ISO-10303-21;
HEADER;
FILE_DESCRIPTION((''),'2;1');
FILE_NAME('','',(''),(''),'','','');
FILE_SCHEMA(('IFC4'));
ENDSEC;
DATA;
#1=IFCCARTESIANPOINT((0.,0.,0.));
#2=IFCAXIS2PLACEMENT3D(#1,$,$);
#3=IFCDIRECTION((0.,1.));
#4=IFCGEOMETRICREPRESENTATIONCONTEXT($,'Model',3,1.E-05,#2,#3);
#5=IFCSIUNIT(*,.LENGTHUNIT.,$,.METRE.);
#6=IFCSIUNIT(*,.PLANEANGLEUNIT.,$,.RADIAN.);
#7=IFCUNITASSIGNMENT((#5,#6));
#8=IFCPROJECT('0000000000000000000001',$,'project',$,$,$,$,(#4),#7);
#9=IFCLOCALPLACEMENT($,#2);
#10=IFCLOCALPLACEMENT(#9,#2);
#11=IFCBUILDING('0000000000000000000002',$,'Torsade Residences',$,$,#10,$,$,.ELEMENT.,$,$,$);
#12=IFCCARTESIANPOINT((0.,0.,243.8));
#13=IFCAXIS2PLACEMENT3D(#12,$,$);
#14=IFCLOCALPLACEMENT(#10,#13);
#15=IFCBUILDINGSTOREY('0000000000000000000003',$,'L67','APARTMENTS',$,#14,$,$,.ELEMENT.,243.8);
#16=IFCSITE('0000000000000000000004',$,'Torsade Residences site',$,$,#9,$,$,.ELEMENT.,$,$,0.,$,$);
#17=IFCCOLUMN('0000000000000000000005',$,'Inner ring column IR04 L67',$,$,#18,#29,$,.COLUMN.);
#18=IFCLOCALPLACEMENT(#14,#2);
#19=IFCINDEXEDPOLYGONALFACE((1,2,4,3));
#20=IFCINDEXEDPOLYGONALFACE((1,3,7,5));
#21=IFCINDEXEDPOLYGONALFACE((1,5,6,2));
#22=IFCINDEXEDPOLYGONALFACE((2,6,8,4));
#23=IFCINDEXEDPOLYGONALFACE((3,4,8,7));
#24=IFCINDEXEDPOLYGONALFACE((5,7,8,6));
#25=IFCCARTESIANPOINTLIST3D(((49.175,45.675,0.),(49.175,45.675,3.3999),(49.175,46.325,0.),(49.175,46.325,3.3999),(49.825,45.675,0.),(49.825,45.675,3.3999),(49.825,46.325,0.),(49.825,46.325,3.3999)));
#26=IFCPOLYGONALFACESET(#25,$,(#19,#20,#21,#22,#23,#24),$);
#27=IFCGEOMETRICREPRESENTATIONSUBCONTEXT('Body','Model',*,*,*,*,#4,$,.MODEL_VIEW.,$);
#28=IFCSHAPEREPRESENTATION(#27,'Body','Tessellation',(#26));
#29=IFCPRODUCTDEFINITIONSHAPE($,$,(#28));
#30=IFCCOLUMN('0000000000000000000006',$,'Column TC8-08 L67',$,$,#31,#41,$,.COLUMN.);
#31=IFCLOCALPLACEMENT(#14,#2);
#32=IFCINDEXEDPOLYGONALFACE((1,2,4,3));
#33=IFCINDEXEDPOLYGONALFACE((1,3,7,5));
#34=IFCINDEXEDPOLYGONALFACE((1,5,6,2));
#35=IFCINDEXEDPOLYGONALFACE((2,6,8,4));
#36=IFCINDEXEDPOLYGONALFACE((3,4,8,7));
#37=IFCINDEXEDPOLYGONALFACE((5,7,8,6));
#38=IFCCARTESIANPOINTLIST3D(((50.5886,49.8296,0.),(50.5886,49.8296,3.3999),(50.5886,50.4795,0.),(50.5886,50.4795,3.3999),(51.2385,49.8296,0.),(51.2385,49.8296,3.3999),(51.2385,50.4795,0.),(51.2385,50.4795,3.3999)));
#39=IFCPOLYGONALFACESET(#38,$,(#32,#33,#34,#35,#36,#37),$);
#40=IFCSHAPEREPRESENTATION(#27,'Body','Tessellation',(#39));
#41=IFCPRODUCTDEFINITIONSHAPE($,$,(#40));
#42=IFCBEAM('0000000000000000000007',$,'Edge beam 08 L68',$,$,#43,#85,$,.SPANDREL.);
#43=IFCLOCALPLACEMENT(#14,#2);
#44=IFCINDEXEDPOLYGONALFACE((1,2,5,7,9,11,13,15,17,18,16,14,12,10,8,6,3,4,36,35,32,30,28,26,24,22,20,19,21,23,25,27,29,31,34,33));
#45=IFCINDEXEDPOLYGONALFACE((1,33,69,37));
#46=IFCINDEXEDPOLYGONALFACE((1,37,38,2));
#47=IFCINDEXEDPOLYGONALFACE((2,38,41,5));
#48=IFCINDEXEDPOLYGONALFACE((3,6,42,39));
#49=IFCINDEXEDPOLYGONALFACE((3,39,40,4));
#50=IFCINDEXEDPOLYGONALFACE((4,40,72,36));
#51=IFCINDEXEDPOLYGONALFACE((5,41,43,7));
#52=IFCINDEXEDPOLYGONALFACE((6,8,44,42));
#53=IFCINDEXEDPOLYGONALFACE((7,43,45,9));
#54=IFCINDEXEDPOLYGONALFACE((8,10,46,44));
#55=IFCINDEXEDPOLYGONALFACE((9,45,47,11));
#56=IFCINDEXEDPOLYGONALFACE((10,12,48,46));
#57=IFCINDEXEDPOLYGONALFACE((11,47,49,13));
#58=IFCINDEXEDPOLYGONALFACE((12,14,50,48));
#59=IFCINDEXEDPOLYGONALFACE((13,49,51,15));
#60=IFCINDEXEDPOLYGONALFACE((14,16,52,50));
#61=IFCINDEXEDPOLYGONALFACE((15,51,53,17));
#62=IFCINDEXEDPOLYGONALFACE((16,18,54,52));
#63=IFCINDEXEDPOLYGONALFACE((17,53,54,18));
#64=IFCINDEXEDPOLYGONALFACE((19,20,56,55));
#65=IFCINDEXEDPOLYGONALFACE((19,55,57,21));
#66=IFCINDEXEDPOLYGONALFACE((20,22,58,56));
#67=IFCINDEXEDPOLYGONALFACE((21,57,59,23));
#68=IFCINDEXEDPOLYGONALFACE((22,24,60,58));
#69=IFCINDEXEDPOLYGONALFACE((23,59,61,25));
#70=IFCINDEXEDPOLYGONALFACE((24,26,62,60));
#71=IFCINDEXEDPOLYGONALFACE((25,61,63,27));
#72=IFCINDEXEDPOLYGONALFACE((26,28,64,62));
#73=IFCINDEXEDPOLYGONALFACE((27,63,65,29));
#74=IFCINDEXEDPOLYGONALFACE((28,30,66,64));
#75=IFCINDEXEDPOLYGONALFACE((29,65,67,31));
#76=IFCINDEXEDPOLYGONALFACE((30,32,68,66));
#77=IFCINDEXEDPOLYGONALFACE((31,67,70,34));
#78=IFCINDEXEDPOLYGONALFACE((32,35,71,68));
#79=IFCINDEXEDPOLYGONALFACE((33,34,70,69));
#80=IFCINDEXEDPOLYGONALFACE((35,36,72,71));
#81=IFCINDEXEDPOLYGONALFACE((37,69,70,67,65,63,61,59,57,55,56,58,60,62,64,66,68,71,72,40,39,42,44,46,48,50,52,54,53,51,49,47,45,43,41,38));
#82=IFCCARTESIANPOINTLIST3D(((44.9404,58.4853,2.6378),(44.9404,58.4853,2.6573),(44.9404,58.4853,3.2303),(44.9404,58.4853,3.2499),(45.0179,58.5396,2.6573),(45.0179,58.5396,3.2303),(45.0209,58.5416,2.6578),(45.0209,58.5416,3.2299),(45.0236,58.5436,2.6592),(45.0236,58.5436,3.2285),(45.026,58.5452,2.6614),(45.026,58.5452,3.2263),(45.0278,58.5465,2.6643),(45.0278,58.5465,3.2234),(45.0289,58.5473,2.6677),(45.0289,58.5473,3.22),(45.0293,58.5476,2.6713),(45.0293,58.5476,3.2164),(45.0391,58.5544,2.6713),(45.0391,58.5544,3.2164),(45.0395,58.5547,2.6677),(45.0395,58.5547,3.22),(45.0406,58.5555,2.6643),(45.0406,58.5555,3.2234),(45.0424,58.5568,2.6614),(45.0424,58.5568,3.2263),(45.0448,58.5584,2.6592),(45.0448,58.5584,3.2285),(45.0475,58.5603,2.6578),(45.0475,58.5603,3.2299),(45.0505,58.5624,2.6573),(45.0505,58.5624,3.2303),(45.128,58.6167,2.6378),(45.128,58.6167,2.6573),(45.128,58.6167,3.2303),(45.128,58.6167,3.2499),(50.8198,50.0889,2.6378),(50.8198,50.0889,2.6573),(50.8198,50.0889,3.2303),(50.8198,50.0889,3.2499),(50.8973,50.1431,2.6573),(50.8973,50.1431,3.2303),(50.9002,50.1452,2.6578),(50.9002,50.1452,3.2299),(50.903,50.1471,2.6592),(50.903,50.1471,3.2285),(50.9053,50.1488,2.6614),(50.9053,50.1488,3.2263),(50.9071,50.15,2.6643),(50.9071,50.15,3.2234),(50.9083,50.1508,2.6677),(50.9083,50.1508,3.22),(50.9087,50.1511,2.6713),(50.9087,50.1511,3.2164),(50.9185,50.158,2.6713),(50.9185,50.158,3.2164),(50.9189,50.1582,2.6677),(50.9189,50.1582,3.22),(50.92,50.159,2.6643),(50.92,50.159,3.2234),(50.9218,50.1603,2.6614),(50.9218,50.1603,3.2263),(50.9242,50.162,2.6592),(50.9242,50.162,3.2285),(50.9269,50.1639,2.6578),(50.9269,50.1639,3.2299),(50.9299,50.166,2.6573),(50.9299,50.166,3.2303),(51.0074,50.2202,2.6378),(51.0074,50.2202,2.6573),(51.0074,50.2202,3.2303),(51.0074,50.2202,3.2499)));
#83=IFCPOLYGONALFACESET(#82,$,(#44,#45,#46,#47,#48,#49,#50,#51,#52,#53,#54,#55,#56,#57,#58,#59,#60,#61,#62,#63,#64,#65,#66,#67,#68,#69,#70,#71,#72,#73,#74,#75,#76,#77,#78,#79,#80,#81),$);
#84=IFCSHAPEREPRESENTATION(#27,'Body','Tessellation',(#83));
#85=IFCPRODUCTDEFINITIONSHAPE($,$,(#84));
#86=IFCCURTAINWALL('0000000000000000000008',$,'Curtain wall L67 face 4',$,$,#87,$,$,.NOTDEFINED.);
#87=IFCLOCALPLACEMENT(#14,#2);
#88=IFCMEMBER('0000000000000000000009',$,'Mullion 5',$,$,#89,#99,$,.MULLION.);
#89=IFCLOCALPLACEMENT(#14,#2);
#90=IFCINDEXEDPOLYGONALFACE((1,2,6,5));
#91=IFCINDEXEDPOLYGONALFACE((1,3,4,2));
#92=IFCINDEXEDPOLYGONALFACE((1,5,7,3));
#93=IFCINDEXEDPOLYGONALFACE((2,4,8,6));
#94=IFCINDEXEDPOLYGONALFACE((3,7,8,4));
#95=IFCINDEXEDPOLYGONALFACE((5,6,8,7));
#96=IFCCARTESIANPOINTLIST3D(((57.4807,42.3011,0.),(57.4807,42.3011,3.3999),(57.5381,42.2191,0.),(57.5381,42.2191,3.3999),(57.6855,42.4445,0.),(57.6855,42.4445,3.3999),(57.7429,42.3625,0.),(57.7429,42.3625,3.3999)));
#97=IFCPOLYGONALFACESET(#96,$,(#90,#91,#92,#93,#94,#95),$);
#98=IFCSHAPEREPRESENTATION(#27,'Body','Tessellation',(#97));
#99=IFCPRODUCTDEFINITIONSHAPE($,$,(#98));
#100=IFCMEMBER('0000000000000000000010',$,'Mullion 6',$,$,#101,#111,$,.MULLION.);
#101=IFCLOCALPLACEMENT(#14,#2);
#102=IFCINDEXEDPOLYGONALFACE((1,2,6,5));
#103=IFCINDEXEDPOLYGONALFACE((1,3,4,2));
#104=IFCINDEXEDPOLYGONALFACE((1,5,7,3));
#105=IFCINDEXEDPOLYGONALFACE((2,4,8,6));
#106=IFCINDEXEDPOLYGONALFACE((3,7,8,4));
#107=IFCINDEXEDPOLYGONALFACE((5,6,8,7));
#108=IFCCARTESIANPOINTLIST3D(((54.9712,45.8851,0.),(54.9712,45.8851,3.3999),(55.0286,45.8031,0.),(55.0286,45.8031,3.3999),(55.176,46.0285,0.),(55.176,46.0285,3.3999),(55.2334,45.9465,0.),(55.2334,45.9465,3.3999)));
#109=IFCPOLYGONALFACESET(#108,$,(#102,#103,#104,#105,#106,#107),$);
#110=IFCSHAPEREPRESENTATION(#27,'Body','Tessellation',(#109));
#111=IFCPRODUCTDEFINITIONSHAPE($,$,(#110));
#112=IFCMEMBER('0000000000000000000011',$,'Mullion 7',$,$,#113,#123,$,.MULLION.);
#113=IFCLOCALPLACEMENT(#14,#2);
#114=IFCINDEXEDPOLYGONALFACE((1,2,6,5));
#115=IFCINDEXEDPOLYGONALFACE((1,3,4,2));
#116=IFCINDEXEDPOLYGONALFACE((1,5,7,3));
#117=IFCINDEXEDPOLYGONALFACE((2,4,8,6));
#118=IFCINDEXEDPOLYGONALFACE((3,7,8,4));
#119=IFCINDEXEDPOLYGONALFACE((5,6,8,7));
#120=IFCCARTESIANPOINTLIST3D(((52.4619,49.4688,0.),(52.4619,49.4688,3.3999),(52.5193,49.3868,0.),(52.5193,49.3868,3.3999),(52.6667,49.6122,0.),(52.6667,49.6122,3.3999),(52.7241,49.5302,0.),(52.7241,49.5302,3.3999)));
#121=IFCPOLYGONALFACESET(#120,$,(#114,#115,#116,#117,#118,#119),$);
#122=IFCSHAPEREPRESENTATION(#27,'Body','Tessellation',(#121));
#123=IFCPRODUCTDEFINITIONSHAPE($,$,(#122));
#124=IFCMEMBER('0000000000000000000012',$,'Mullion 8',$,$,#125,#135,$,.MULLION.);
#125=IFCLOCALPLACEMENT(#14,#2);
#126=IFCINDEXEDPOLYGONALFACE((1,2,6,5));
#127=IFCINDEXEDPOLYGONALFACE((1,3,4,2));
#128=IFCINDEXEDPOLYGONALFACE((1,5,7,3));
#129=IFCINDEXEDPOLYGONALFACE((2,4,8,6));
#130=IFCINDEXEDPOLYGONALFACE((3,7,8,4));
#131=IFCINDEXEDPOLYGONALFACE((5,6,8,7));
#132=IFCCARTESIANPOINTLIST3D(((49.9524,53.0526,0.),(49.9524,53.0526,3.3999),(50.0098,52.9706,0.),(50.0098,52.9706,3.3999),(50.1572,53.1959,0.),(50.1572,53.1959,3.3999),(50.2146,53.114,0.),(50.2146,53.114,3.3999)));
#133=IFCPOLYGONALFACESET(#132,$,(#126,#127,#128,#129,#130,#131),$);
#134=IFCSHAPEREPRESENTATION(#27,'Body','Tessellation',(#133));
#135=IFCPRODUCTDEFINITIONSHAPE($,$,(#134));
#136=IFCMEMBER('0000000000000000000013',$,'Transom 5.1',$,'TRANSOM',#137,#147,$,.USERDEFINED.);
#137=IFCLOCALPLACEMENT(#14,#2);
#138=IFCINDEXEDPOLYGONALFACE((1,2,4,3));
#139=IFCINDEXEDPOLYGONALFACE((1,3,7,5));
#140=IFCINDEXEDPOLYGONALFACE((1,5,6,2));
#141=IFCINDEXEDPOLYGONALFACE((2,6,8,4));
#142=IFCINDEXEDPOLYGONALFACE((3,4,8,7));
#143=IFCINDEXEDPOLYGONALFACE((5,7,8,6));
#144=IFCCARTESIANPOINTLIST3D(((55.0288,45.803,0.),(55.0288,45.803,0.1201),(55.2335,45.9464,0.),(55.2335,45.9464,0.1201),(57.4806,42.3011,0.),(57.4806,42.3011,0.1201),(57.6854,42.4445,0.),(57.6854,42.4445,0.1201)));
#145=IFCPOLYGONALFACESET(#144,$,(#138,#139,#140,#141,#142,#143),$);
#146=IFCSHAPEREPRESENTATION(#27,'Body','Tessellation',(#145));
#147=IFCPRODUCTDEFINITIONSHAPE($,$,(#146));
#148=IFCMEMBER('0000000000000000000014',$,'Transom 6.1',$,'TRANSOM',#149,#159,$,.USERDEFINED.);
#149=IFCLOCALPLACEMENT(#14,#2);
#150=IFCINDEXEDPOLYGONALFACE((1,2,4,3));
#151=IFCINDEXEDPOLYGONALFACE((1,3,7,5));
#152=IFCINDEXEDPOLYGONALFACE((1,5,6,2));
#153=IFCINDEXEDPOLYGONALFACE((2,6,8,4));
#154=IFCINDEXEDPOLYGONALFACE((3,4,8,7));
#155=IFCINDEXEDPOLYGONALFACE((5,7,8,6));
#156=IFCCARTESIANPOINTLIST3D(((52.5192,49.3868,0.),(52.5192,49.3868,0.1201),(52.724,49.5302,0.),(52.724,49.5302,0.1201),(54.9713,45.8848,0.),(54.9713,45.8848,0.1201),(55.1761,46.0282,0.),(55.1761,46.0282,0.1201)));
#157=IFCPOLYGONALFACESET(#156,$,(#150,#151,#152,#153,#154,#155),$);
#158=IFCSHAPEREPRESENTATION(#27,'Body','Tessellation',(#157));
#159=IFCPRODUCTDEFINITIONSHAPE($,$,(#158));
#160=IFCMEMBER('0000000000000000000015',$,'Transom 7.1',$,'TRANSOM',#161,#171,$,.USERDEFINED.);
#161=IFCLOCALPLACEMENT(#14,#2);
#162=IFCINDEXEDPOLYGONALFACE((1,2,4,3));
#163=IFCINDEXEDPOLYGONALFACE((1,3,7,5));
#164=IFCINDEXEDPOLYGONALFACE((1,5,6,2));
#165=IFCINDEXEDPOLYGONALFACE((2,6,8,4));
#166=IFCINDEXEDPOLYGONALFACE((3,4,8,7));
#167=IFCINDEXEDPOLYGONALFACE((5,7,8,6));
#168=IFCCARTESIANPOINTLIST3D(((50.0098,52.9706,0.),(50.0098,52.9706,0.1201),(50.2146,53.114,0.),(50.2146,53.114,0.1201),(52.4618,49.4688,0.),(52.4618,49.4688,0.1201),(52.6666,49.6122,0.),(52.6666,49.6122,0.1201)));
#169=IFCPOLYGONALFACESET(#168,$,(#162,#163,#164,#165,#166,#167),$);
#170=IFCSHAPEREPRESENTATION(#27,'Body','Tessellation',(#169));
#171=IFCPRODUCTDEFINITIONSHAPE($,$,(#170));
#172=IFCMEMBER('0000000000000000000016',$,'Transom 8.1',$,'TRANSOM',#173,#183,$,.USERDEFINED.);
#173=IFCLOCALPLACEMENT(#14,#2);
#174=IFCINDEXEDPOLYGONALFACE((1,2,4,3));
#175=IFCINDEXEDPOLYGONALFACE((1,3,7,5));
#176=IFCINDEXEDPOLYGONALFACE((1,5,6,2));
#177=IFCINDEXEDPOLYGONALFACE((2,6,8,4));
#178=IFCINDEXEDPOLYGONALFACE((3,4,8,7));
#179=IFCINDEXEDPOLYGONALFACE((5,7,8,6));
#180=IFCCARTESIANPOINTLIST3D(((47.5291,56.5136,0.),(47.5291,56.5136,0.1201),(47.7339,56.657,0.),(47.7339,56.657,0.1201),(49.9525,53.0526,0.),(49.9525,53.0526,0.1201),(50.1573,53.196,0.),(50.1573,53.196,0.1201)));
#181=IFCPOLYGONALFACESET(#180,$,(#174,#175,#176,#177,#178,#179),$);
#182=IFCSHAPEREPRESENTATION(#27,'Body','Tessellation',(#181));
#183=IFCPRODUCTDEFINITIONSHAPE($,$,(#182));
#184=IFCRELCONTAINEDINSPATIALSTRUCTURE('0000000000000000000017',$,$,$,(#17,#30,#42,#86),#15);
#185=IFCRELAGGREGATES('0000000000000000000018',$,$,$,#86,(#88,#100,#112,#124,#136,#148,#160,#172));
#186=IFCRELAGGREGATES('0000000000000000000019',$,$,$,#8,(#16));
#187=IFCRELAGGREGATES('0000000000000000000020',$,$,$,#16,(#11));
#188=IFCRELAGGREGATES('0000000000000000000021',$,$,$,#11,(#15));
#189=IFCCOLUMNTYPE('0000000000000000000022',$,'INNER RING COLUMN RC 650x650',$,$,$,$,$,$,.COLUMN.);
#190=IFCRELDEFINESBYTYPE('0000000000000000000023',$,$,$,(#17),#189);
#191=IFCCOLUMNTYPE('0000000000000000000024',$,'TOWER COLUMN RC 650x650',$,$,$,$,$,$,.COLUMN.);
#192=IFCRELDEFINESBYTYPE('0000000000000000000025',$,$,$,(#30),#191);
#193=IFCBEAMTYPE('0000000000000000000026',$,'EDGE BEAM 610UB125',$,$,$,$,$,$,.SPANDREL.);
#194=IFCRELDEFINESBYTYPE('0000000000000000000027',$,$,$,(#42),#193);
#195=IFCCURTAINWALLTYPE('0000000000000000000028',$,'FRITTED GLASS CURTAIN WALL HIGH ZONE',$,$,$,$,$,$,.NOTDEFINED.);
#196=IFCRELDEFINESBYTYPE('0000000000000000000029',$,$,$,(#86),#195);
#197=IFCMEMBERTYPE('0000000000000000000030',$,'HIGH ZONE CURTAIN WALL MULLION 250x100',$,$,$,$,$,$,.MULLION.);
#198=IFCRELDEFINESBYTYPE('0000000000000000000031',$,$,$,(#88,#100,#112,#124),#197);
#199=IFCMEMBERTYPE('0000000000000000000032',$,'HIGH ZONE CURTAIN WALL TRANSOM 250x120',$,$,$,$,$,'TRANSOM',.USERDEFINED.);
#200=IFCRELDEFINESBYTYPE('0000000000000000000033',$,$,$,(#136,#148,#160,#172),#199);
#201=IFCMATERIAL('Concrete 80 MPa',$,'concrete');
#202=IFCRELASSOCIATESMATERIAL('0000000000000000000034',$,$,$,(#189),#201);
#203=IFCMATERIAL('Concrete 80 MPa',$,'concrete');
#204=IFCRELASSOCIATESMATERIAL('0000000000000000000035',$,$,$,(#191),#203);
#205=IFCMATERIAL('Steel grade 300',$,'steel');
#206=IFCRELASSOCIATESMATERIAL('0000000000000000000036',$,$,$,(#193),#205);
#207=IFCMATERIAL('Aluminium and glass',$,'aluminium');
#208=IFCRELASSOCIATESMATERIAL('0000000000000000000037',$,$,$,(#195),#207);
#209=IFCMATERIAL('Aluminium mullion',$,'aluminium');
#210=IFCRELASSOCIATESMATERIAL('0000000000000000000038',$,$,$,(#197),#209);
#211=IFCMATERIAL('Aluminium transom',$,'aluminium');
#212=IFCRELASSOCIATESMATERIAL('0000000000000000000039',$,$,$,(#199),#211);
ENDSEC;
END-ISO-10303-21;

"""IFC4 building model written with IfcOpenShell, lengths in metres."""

from ifc_helpers import new_model, si_unit, direction, frame, origin, origin_2d, place, context, subcontext, project, spatial, rectangle, i_section, extrude, material, material_profile, profile_set, type_object, element, aggregate, save


model = new_model("IFC4")

# Units and contexts
model_context = context("Model", 3, precision=1e-05, world=origin(), true_north=direction((0.0, 1.0)))
body_context = subcontext(model_context, "Body", "Model", "MODEL_VIEW")
ifc_project = project(units=[si_unit("LENGTHUNIT", "METRE"), si_unit("PLANEANGLEUNIT", "RADIAN")], contexts=[model_context])

# Site, building, storey
site_placement = place(None, origin())
site = spatial("IfcSite", under=ifc_project, at=site_placement, Name="Torsade Residences site", CompositionType="ELEMENT", RefElevation=0.0)
building_placement = place(site_placement, origin())
building = spatial("IfcBuilding", under=site, at=building_placement, Name="Torsade Residences", CompositionType="ELEMENT")
storey_placement = place(building_placement, frame((0.0, 0.0, 243.8)))
storey = spatial("IfcBuildingStorey", under=building, at=storey_placement, Name="L67", Description="APARTMENTS", CompositionType="ELEMENT", Elevation=243.8)

# Columns
ifc_material_1 = material(Name="Concrete 80 MPa", Category="concrete")
ifc_material_profile_1 = material_profile(ifc_material_1, rectangle(XDim=0.6499, YDim=0.6499, at=origin_2d()), Name="RC 650x650")
ifc_profile_set_1 = profile_set([ifc_material_profile_1], Name="Concrete 80 MPa")
column_type_1 = type_object("IfcColumnType", Name="INNER RING COLUMN RC 650x650", PredefinedType="COLUMN", material=ifc_profile_set_1)
column_1_placement = place(storey_placement, frame((49.5, 46.0, 0.0), z_axis=(0.0, 0.0, 1.0), x_axis=(1.0, 0.0, 0.0)))
element("IfcColumn", 1, at=column_1_placement, inside=storey, type_object=column_type_1, Name="Inner ring column IR04 L67", PredefinedType="COLUMN", context=body_context, shape_type="SweptSolid", body=[
    extrude(rectangle(XDim=0.6499, YDim=0.6499, at=origin_2d()), origin(), (0.0, 0.0, 1.0), 3.3999),
])
ifc_material_2 = material(Name="Concrete 80 MPa", Category="concrete")
ifc_material_profile_2 = material_profile(ifc_material_2, rectangle(XDim=0.6499, YDim=0.6499, at=origin_2d()), Name="RC 650x650")
ifc_profile_set_2 = profile_set([ifc_material_profile_2], Name="Concrete 80 MPa")
column_type_2 = type_object("IfcColumnType", Name="TOWER COLUMN RC 650x650", PredefinedType="COLUMN", material=ifc_profile_set_2)
column_2_placement = place(storey_placement, frame((50.9136, 50.1545, 0.0), z_axis=(0.0, 0.0, 1.0), x_axis=(1.0, 0.0, 0.0)))
element("IfcColumn", 2, at=column_2_placement, inside=storey, type_object=column_type_2, Name="Column TC8-08 L67", PredefinedType="COLUMN", context=body_context, shape_type="SweptSolid", body=[
    extrude(rectangle(XDim=0.6499, YDim=0.6499, at=origin_2d()), origin(), (0.0, 0.0, 1.0), 3.3999),
])

# Beam
ifc_material_3 = material(Name="Steel grade 300", Category="steel")
ifc_material_profile_3 = material_profile(ifc_material_3, i_section(OverallWidth=0.229, OverallDepth=0.6121, WebThickness=0.012, FlangeThickness=0.0195, FilletRadius=0.0139, at=origin_2d()), Name="610UB125")
ifc_profile_set_3 = profile_set([ifc_material_profile_3], Name="Steel grade 300")
beam_type_1 = type_object("IfcBeamType", Name="EDGE BEAM 610UB125", PredefinedType="SPANDREL", material=ifc_profile_set_3)
beam_1_placement = place(storey_placement, frame((50.9136, 50.1545, 2.9438), z_axis=(-0.573584, 0.819147, 0.0), x_axis=(-0.819147, -0.573584, 0.0)))
element("IfcBeam", 3, at=beam_1_placement, inside=storey, type_object=beam_type_1, Name="Edge beam 08 L68", PredefinedType="SPANDREL", context=body_context, shape_type="SweptSolid", body=[
    extrude(i_section(OverallWidth=0.229, OverallDepth=0.6121, WebThickness=0.012, FlangeThickness=0.0195, FilletRadius=0.0139, at=origin_2d()), origin(), (0.0, 0.0, 1.0), 10.2502),
])

# Curtain wall, members
ifc_material_4 = material(Name="Aluminium and glass", Category="aluminium")
curtain_wall_type = type_object("IfcCurtainWallType", Name="FRITTED GLASS CURTAIN WALL HIGH ZONE", PredefinedType="NOTDEFINED", material=ifc_material_4)
curtain_wall_placement = place(storey_placement, origin())
curtain_wall = element("IfcCurtainWall", 4, at=curtain_wall_placement, inside=storey, type_object=curtain_wall_type, Name="Curtain wall L67 face 4", PredefinedType="NOTDEFINED")
ifc_material_5 = material(Name="Aluminium mullion", Category="aluminium")
ifc_material_profile_4 = material_profile(ifc_material_5, rectangle(XDim=0.25, YDim=0.1001, at=origin_2d()), Name="HIGH ZONE CURTAIN WALL MULLION 250x100")
ifc_profile_set_4 = profile_set([ifc_material_profile_4], Name="Aluminium mullion")
member_type_1 = type_object("IfcMemberType", Name="HIGH ZONE CURTAIN WALL MULLION 250x100", PredefinedType="MULLION", material=ifc_profile_set_4)
member_1_placement = place(storey_placement, frame((57.6118, 42.3318, 0.0), z_axis=(0.0, 0.0, 1.0), x_axis=(-0.819152, -0.573576, 0.0)))
member_1 = element("IfcMember", 5, at=member_1_placement, type_object=member_type_1, Name="Mullion 5", PredefinedType="MULLION", context=body_context, shape_type="SweptSolid", body=[
    extrude(rectangle(XDim=0.25, YDim=0.1001, at=origin_2d()), origin(), (0.0, 0.0, 1.0), 3.3999),
])
member_2_placement = place(storey_placement, frame((55.1023, 45.9158, 0.0), z_axis=(0.0, 0.0, 1.0), x_axis=(-0.819152, -0.573576, 0.0)))
member_2 = element("IfcMember", 6, at=member_2_placement, type_object=member_type_1, Name="Mullion 6", PredefinedType="MULLION", context=body_context, shape_type="SweptSolid", body=[
    extrude(rectangle(XDim=0.25, YDim=0.1001, at=origin_2d()), origin(), (0.0, 0.0, 1.0), 3.3999),
])
member_3_placement = place(storey_placement, frame((52.593, 49.4995, 0.0), z_axis=(0.0, 0.0, 1.0), x_axis=(-0.819152, -0.573576, 0.0)))
member_3 = element("IfcMember", 7, at=member_3_placement, type_object=member_type_1, Name="Mullion 7", PredefinedType="MULLION", context=body_context, shape_type="SweptSolid", body=[
    extrude(rectangle(XDim=0.25, YDim=0.1001, at=origin_2d()), origin(), (0.0, 0.0, 1.0), 3.3999),
])
member_4_placement = place(storey_placement, frame((50.0835, 53.0833, 0.0), z_axis=(0.0, 0.0, 1.0), x_axis=(-0.819152, -0.573576, 0.0)))
member_4 = element("IfcMember", 8, at=member_4_placement, type_object=member_type_1, Name="Mullion 8", PredefinedType="MULLION", context=body_context, shape_type="SweptSolid", body=[
    extrude(rectangle(XDim=0.25, YDim=0.1001, at=origin_2d()), origin(), (0.0, 0.0, 1.0), 3.3999),
])
ifc_material_6 = material(Name="Aluminium transom", Category="aluminium")
ifc_material_profile_5 = material_profile(ifc_material_6, rectangle(XDim=0.25, YDim=0.1201, at=origin_2d()), Name="HIGH ZONE CURTAIN WALL TRANSOM 250x120")
ifc_profile_set_5 = profile_set([ifc_material_profile_5], Name="Aluminium transom")
member_type_2 = type_object("IfcMemberType", Name="HIGH ZONE CURTAIN WALL TRANSOM 250x120", ElementType="TRANSOM", PredefinedType="USERDEFINED", material=ifc_profile_set_5)
member_5_placement = place(storey_placement, frame((57.583, 42.3728, 0.0601), z_axis=(-0.573547, 0.819173, 0.0), x_axis=(-0.819173, -0.573547, 0.0)))
member_5 = element("IfcMember", 9, at=member_5_placement, type_object=member_type_2, Name="Transom 5.1", ObjectType="TRANSOM", PredefinedType="USERDEFINED", context=body_context, shape_type="SweptSolid", body=[
    extrude(rectangle(XDim=0.25, YDim=0.1201, at=origin_2d()), origin(), (0.0, 0.0, 1.0), 4.2749),
])
member_6_placement = place(storey_placement, frame((55.0737, 45.9565, 0.0601), z_axis=(-0.573585, 0.819146, 0.0), x_axis=(-0.819146, -0.573585, 0.0)))
member_6 = element("IfcMember", 10, at=member_6_placement, type_object=member_type_2, Name="Transom 6.1", ObjectType="TRANSOM", PredefinedType="USERDEFINED", context=body_context, shape_type="SweptSolid", body=[
    extrude(rectangle(XDim=0.25, YDim=0.1201, at=origin_2d()), origin(), (0.0, 0.0, 1.0), 4.2751),
])
member_7_placement = place(storey_placement, frame((52.5642, 49.5405, 0.0601), z_axis=(-0.573573, 0.819154, 0.0), x_axis=(-0.819154, -0.573573, 0.0)))
member_7 = element("IfcMember", 11, at=member_7_placement, type_object=member_type_2, Name="Transom 7.1", ObjectType="TRANSOM", PredefinedType="USERDEFINED", context=body_context, shape_type="SweptSolid", body=[
    extrude(rectangle(XDim=0.25, YDim=0.1201, at=origin_2d()), origin(), (0.0, 0.0, 1.0), 4.2749),
])
member_8_placement = place(storey_placement, frame((50.0549, 53.1243, 0.0601), z_axis=(-0.573571, 0.819156, 0.0), x_axis=(-0.819156, -0.573571, 0.0)))
member_8 = element("IfcMember", 12, at=member_8_placement, type_object=member_type_2, Name="Transom 8.1", ObjectType="TRANSOM", PredefinedType="USERDEFINED", context=body_context, shape_type="SweptSolid", body=[
    extrude(rectangle(XDim=0.25, YDim=0.1201, at=origin_2d()), origin(), (0.0, 0.0, 1.0), 4.2251),
])

aggregate(curtain_wall, [member_1, member_2, member_3, member_4, member_5, member_6, member_7, member_8])

save(model, "model.ifc")
